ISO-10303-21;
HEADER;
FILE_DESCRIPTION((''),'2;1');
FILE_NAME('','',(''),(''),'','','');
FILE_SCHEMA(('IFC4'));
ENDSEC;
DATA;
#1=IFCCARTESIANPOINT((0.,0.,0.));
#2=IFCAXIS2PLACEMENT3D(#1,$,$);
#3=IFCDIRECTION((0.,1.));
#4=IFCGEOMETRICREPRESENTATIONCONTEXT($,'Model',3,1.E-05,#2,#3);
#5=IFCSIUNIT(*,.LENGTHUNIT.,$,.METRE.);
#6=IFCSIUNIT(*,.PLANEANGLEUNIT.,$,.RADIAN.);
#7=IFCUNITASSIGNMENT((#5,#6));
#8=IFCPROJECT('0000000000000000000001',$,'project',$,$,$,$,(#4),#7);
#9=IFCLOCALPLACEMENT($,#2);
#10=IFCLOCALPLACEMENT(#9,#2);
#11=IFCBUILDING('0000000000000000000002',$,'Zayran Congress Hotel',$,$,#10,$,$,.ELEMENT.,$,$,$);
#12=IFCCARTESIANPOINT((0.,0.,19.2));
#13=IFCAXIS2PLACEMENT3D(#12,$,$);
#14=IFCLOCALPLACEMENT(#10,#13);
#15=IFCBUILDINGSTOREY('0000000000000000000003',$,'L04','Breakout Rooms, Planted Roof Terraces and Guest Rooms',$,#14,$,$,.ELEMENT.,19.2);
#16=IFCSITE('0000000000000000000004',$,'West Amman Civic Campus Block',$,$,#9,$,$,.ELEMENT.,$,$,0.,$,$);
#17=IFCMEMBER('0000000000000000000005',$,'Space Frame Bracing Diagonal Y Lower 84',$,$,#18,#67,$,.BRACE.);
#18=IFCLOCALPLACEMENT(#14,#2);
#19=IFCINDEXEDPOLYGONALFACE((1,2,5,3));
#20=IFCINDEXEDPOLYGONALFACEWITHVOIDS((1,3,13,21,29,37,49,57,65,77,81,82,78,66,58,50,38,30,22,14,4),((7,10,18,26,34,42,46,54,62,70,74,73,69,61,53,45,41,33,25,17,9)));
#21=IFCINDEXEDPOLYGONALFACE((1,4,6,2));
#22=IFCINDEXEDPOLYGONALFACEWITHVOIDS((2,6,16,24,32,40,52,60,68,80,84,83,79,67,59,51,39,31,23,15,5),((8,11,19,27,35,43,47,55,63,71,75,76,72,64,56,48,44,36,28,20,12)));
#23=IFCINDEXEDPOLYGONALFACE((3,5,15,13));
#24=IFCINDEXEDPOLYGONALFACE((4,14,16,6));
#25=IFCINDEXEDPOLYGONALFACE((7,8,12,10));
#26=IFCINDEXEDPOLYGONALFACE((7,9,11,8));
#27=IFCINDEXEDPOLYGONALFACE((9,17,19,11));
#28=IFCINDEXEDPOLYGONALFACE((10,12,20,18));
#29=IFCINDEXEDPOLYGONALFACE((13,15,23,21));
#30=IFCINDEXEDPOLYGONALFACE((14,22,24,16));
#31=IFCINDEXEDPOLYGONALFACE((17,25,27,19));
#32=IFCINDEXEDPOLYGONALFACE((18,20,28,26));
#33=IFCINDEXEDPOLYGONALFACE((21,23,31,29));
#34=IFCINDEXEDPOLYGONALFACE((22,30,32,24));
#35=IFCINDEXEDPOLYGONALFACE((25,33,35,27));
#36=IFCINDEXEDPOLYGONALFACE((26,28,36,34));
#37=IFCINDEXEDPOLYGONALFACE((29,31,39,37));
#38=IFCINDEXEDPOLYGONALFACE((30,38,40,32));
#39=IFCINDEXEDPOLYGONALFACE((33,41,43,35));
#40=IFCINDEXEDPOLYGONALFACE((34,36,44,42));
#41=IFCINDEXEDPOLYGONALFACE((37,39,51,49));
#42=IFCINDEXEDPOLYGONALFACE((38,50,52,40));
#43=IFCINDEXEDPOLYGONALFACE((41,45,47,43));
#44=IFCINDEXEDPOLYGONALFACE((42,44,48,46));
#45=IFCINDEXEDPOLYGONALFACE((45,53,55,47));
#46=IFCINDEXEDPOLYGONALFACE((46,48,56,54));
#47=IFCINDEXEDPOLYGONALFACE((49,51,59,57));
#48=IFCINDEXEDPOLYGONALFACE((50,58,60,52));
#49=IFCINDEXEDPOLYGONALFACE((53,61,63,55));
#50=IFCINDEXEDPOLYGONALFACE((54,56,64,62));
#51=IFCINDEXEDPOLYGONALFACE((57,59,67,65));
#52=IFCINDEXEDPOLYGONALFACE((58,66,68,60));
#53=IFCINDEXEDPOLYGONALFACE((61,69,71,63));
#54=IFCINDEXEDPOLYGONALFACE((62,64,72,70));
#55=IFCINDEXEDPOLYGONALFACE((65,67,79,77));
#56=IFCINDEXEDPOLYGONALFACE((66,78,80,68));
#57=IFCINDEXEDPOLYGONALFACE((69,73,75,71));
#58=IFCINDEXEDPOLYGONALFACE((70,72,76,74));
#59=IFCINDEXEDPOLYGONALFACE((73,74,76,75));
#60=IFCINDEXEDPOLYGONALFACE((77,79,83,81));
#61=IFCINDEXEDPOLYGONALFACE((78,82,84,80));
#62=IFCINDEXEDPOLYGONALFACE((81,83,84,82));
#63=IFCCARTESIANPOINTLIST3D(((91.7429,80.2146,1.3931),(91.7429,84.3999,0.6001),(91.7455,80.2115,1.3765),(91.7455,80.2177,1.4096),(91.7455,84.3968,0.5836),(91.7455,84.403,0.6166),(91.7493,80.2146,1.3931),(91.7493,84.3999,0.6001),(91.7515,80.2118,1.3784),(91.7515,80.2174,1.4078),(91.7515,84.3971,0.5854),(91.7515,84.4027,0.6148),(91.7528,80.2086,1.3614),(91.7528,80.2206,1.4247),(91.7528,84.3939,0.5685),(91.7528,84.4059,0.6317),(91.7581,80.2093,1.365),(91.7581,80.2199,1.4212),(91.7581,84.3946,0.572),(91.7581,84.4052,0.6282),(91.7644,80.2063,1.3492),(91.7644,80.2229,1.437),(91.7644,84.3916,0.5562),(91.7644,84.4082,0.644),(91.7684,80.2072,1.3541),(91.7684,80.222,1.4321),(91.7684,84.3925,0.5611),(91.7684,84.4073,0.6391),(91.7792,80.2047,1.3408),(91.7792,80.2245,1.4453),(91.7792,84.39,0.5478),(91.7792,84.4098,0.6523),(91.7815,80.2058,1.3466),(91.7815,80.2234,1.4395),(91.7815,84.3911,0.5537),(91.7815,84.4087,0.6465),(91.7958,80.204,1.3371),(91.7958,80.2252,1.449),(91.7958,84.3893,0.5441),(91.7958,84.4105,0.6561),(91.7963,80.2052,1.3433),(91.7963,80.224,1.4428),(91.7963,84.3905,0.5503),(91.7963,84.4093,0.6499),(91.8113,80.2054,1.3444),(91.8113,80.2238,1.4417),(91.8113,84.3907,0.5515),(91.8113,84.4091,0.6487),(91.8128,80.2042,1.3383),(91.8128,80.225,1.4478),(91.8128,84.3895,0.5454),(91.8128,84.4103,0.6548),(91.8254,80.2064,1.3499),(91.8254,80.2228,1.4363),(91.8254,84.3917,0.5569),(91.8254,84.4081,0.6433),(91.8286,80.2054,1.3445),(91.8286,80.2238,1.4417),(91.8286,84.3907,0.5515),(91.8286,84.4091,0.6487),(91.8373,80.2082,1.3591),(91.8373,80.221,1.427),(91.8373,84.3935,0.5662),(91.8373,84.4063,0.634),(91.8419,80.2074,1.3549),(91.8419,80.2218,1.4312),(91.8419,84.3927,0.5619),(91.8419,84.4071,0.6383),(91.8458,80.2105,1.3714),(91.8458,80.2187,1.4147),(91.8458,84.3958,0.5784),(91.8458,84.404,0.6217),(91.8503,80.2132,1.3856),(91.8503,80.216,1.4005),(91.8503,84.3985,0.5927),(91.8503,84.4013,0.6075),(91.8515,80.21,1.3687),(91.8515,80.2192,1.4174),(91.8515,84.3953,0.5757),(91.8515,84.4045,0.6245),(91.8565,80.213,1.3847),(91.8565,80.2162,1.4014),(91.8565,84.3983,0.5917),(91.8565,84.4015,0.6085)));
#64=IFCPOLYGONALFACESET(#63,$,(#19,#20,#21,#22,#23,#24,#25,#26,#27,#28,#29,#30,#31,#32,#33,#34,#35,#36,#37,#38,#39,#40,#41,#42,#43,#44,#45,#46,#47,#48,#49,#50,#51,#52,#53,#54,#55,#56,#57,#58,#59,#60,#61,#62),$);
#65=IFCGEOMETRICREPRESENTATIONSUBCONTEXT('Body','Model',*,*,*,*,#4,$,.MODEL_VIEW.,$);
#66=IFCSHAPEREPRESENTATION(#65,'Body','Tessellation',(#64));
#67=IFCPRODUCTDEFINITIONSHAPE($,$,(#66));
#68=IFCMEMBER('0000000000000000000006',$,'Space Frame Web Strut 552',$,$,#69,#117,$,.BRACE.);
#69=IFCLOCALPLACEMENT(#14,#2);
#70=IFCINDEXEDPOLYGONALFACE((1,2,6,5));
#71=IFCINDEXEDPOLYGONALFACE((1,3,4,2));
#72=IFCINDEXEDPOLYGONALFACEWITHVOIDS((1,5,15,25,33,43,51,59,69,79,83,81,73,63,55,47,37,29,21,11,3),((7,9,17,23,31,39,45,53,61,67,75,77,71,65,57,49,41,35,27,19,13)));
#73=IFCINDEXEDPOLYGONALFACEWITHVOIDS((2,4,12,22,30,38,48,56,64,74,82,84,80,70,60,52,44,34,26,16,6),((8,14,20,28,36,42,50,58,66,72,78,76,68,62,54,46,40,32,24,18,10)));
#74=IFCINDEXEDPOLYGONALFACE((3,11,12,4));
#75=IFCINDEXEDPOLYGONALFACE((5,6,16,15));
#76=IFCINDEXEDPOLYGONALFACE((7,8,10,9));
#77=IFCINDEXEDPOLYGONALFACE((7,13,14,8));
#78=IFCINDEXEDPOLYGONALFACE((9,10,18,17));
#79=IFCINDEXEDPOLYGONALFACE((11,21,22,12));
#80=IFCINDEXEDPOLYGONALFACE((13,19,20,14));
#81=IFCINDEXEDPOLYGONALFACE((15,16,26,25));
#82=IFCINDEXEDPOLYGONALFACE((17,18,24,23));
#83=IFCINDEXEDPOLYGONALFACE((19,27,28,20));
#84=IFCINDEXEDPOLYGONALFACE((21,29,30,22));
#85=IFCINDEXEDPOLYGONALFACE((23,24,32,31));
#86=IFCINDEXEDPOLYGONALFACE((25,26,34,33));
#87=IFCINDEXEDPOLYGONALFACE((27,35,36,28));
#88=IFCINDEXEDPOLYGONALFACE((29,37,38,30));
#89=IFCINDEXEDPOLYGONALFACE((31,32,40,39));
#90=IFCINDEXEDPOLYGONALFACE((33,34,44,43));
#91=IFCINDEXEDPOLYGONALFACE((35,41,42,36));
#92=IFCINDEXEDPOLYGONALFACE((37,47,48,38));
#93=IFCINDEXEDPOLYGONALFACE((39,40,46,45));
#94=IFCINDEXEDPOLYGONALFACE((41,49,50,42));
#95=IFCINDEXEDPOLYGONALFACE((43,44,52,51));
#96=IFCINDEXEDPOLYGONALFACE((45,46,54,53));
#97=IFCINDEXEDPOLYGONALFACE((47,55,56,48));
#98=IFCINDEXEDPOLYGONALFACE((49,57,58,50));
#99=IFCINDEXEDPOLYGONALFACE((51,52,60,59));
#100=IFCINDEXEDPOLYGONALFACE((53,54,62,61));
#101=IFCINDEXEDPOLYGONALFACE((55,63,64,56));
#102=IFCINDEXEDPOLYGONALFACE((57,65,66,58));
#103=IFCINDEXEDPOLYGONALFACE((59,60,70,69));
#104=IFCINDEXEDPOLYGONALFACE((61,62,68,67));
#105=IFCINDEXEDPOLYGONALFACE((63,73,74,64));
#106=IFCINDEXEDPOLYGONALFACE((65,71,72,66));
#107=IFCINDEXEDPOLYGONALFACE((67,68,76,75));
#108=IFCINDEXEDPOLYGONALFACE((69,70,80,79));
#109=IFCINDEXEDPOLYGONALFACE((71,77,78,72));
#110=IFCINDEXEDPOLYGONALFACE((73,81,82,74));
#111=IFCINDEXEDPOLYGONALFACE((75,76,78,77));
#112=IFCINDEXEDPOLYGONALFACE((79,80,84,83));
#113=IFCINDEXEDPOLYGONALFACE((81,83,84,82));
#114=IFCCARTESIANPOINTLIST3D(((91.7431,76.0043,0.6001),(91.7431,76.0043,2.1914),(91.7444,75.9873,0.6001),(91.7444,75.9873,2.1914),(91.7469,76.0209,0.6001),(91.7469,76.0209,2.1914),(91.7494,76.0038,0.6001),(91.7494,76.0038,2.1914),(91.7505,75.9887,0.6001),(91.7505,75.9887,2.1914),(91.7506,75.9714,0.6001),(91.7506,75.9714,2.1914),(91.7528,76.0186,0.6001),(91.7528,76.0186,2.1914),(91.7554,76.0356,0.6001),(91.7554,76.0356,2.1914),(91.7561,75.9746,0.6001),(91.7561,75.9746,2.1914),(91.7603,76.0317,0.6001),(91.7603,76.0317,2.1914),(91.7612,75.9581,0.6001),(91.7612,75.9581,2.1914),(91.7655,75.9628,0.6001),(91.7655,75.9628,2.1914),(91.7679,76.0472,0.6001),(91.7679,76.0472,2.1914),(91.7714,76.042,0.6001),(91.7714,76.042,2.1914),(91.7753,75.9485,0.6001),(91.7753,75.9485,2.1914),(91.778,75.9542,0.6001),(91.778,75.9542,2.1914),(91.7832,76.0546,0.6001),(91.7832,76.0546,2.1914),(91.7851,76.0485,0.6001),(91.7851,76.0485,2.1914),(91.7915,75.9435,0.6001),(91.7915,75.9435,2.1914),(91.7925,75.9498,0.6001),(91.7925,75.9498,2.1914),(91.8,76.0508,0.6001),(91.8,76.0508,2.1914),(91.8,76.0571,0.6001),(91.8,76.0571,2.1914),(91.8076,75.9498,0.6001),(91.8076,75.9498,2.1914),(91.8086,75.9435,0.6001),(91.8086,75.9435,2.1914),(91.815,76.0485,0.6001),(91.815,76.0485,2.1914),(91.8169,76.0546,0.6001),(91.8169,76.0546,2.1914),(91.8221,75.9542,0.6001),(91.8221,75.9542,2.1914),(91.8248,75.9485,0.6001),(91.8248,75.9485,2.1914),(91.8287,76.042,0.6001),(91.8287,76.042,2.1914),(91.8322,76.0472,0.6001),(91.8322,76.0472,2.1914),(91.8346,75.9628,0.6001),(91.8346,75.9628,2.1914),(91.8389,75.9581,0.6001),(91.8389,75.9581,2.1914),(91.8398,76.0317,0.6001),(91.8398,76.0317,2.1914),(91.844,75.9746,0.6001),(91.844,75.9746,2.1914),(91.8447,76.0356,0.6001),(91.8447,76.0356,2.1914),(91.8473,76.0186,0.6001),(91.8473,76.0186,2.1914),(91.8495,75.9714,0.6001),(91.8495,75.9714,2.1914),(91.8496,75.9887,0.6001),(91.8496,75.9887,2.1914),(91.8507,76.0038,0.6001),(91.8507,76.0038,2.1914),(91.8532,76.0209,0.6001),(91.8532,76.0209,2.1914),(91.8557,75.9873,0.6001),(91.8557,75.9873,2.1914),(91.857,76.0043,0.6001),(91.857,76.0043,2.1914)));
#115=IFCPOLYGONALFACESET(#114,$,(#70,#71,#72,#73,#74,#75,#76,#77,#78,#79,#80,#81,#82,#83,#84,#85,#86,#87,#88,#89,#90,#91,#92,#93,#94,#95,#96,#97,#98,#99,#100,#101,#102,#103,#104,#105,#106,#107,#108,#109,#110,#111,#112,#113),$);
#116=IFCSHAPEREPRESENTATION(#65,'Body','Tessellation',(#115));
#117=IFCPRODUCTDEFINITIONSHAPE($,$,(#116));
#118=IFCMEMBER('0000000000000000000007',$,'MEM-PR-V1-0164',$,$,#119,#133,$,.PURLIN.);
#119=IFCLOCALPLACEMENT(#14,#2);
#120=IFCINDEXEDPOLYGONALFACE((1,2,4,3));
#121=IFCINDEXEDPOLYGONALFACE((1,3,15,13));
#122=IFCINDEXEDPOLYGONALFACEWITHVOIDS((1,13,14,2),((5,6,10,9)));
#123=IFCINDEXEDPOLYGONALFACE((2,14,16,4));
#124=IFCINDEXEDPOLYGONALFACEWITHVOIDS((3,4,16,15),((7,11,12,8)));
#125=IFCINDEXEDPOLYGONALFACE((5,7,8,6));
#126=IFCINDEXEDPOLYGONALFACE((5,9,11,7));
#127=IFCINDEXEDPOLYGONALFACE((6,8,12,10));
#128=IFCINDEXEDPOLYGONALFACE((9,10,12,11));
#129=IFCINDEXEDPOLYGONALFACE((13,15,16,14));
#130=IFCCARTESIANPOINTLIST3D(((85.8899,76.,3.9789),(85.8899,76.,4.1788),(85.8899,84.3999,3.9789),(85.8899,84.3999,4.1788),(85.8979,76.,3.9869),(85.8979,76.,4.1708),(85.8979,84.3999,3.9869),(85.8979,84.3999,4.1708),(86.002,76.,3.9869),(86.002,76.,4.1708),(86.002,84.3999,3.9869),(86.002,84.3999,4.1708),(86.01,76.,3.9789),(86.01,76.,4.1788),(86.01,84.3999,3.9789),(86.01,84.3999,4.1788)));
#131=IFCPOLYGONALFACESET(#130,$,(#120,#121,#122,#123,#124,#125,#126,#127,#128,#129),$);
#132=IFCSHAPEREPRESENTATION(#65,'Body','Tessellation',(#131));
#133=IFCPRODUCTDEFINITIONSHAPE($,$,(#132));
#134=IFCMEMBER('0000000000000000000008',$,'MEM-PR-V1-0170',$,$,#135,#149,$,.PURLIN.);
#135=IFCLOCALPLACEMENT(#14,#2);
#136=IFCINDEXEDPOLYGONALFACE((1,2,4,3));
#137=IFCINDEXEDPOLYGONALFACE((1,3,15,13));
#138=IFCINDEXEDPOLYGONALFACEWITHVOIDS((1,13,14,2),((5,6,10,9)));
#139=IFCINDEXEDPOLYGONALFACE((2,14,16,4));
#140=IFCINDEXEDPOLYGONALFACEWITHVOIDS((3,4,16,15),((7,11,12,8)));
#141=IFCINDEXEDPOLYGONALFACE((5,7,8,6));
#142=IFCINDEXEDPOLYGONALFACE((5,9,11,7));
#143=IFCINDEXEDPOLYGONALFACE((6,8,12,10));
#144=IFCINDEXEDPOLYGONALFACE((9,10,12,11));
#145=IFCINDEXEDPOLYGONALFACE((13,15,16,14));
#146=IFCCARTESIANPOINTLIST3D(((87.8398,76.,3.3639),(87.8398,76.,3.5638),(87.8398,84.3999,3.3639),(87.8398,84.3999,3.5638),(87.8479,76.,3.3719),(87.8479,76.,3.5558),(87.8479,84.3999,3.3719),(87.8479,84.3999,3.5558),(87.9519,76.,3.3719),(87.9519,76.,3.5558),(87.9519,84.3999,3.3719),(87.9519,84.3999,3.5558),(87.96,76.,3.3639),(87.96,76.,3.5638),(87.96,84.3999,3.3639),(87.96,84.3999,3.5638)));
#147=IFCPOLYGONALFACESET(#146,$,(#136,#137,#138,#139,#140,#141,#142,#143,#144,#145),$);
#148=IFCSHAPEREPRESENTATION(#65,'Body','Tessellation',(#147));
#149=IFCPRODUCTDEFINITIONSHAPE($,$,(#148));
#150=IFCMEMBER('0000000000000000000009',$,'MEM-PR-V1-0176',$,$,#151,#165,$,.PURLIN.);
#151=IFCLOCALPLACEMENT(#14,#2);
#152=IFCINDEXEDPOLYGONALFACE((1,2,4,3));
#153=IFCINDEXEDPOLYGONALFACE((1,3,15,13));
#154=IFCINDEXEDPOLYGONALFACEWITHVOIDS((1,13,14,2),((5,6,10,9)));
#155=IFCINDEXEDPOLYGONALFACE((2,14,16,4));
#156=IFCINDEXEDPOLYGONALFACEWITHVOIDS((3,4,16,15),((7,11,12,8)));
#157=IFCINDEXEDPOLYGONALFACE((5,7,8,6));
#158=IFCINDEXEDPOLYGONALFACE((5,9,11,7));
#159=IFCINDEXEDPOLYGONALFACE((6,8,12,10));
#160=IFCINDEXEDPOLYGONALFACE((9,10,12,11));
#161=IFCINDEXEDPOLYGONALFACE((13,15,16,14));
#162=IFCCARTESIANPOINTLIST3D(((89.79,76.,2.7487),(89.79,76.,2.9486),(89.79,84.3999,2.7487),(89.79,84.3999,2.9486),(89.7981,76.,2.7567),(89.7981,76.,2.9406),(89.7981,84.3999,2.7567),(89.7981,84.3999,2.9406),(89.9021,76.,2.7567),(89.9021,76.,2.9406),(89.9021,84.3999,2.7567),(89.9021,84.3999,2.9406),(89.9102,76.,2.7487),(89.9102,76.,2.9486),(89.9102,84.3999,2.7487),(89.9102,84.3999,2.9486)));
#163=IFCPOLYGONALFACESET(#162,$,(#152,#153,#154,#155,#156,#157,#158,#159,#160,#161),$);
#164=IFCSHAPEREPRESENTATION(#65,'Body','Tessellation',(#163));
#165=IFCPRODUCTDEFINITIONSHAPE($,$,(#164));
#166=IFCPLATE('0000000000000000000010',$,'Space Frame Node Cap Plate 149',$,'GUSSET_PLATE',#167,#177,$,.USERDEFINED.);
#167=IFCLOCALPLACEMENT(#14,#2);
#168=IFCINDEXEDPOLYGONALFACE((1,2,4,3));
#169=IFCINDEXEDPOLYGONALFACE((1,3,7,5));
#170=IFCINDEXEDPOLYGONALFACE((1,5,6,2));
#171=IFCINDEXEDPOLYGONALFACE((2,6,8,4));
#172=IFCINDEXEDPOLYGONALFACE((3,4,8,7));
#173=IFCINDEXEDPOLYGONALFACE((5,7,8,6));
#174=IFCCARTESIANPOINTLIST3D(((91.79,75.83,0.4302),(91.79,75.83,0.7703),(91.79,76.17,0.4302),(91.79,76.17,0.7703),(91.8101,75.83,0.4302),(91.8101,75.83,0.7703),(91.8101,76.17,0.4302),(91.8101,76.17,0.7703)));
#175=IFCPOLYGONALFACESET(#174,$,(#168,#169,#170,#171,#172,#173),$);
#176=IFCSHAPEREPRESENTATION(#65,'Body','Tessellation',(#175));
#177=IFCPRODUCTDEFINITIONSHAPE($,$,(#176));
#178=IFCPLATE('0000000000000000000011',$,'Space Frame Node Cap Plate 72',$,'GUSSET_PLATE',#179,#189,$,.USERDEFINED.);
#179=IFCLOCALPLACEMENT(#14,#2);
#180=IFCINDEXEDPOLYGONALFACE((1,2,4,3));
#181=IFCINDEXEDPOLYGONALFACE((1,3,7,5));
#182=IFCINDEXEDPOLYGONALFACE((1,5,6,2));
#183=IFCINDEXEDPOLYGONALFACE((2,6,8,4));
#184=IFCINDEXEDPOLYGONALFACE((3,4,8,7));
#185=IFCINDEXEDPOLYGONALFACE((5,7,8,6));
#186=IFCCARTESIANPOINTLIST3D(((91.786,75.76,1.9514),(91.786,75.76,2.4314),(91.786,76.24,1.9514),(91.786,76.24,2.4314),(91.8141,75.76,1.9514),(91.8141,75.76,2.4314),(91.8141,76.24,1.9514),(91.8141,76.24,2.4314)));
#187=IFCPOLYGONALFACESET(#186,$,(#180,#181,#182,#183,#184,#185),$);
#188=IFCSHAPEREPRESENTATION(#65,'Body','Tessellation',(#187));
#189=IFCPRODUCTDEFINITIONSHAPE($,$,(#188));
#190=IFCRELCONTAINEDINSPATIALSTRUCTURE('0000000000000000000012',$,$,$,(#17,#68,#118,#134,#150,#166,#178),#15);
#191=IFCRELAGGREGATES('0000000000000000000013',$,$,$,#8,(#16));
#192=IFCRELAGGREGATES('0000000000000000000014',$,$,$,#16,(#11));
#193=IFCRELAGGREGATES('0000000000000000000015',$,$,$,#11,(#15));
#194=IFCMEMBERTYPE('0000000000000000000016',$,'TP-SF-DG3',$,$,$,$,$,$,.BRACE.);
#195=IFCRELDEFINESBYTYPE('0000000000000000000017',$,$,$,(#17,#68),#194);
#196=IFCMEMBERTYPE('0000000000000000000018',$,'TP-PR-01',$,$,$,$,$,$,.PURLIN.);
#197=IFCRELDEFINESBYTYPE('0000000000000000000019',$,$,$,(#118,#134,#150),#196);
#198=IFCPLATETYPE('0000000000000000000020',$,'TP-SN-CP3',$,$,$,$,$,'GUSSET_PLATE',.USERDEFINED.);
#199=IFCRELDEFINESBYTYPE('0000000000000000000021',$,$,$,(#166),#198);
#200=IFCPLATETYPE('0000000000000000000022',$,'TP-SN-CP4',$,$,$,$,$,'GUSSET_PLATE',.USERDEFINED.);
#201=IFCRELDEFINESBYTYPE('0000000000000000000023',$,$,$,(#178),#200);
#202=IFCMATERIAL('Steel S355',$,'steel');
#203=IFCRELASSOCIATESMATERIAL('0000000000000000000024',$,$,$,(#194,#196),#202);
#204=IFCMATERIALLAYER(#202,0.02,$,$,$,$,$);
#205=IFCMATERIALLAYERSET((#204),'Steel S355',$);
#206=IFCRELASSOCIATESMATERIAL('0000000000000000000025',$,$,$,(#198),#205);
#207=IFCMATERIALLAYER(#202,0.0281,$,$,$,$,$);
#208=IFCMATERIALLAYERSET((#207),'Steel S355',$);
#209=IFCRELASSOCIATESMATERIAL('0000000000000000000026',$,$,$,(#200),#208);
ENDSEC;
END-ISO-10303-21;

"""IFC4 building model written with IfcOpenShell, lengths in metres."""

from ifc_helpers import new_model, si_unit, direction, frame, origin, origin_2d, place, context, subcontext, project, spatial, rectangle, hollow_rectangle, hollow_circle, extrude, material, layer, layer_set, material_profile, profile_set, type_object, element, save


model = new_model("IFC4")

# Units and contexts
model_context = context("Model", 3, precision=1e-05, world=origin(), true_north=direction((0.0, 1.0)))
body_context = subcontext(model_context, "Body", "Model", "MODEL_VIEW")
ifc_project = project(units=[si_unit("LENGTHUNIT", "METRE"), si_unit("PLANEANGLEUNIT", "RADIAN")], contexts=[model_context])

# Site, building, storey
site_placement = place(None, origin())
site = spatial("IfcSite", under=ifc_project, at=site_placement, Name="West Amman Civic Campus Block", CompositionType="ELEMENT", RefElevation=0.0)
building_placement = place(site_placement, origin())
building = spatial("IfcBuilding", under=site, at=building_placement, Name="Zayran Congress Hotel", CompositionType="ELEMENT")
storey_placement = place(building_placement, frame((0.0, 0.0, 19.2)))
storey = spatial("IfcBuildingStorey", under=building, at=storey_placement, Name="L04", Description="Breakout Rooms, Planted Roof Terraces and Guest Rooms", CompositionType="ELEMENT", Elevation=19.2)

# Shared definitions
ifc_material = material(Name="Steel S355", Category="steel")

# Members
ifc_material_profile_1 = material_profile(ifc_material, hollow_circle(Radius=0.0571, WallThickness=0.0063, at=origin_2d()), Name="CHS 114.3x6.3")
ifc_profile_set_1 = profile_set([ifc_material_profile_1], Name="Steel S355")
member_type_1 = type_object("IfcMemberType", Name="TP-SF-DG3", PredefinedType="BRACE", material=ifc_profile_set_1)
for number, where, z_axis, x_axis, name in (
    (1, (91.8, 80.2146, 1.3931), (0.0, 0.982521, -0.186153), (-1.0, 0.0, 0.0), "Space Frame Bracing Diagonal Y Lower 84"),
):
    element("IfcMember", number, at=place(storey_placement, frame(where, z_axis=z_axis, x_axis=x_axis)), inside=storey, type_object=member_type_1, Name=name, PredefinedType="BRACE", context=body_context, shape_type="SweptSolid", body=[
        extrude(hollow_circle(Radius=0.0571, WallThickness=0.0063, at=origin_2d()), origin(), (0.0, 0.0, 1.0), 4.2598),
    ])
member_1_placement = place(storey_placement, frame((91.8, 76.0, 0.6001), z_axis=(0.0, 0.0, 1.0), x_axis=(0.0, 1.0, 0.0)))
element("IfcMember", 2, at=member_1_placement, inside=storey, type_object=member_type_1, Name="Space Frame Web Strut 552", PredefinedType="BRACE", context=body_context, shape_type="SweptSolid", body=[
    extrude(hollow_circle(Radius=0.0571, WallThickness=0.0063, at=origin_2d()), origin(), (0.0, 0.0, 1.0), 1.5913),
])
ifc_material_profile_2 = material_profile(ifc_material, hollow_rectangle(XDim=0.1201, YDim=0.2, WallThickness=0.0081, at=origin_2d()), Name="RHS 200x120x8")
ifc_profile_set_2 = profile_set([ifc_material_profile_2], Name="Steel S355")
member_type_2 = type_object("IfcMemberType", Name="TP-PR-01", PredefinedType="PURLIN", material=ifc_profile_set_2)
for number, where, z_axis, x_axis, name in (
    (3, (85.95, 76.0, 4.0789), (0.0, 1.0, 0.0), (-1.0, 0.0, 0.0), "MEM-PR-V1-0164"),
    (4, (87.8999, 76.0, 3.4639), (0.0, 1.0, 0.0), (-1.0, 0.0, 0.0), "MEM-PR-V1-0170"),
    (5, (89.8501, 76.0, 2.8486), (0.0, 1.0, 0.0), (-1.0, 0.0, 0.0), "MEM-PR-V1-0176"),
):
    element("IfcMember", number, at=place(storey_placement, frame(where, z_axis=z_axis, x_axis=x_axis)), inside=storey, type_object=member_type_2, Name=name, PredefinedType="PURLIN", context=body_context, shape_type="SweptSolid", body=[
        extrude(hollow_rectangle(XDim=0.1201, YDim=0.2, WallThickness=0.0081, at=origin_2d()), origin(), (0.0, 0.0, 1.0), 8.3999),
    ])

# Plates
ifc_layer_1 = layer(ifc_material, 0.02)
ifc_layer_set_1 = layer_set([ifc_layer_1], Name="Steel S355")
plate_type_1 = type_object("IfcPlateType", Name="TP-SN-CP3", ElementType="GUSSET_PLATE", PredefinedType="USERDEFINED", material=ifc_layer_set_1)
plate_1_placement = place(storey_placement, frame((91.8, 76.0, 0.4302), z_axis=(0.0, 0.0, 1.0), x_axis=(0.0, 1.0, 0.0)))
element("IfcPlate", 6, at=plate_1_placement, inside=storey, type_object=plate_type_1, Name="Space Frame Node Cap Plate 149", ObjectType="GUSSET_PLATE", PredefinedType="USERDEFINED", context=body_context, shape_type="SweptSolid", body=[
    extrude(rectangle(XDim=0.3401, YDim=0.02, at=origin_2d()), origin(), (0.0, 0.0, 1.0), 0.3401),
])
ifc_layer_2 = layer(ifc_material, 0.0281)
ifc_layer_set_2 = layer_set([ifc_layer_2], Name="Steel S355")
plate_type_2 = type_object("IfcPlateType", Name="TP-SN-CP4", ElementType="GUSSET_PLATE", PredefinedType="USERDEFINED", material=ifc_layer_set_2)
plate_2_placement = place(storey_placement, frame((91.8, 76.0, 1.9514), z_axis=(0.0, 0.0, 1.0), x_axis=(0.0, 1.0, 0.0)))
element("IfcPlate", 7, at=plate_2_placement, inside=storey, type_object=plate_type_2, Name="Space Frame Node Cap Plate 72", ObjectType="GUSSET_PLATE", PredefinedType="USERDEFINED", context=body_context, shape_type="SweptSolid", body=[
    extrude(rectangle(XDim=0.48, YDim=0.0281, at=origin_2d()), origin(), (0.0, 0.0, 1.0), 0.48),
])

save(model, "model.ifc")
